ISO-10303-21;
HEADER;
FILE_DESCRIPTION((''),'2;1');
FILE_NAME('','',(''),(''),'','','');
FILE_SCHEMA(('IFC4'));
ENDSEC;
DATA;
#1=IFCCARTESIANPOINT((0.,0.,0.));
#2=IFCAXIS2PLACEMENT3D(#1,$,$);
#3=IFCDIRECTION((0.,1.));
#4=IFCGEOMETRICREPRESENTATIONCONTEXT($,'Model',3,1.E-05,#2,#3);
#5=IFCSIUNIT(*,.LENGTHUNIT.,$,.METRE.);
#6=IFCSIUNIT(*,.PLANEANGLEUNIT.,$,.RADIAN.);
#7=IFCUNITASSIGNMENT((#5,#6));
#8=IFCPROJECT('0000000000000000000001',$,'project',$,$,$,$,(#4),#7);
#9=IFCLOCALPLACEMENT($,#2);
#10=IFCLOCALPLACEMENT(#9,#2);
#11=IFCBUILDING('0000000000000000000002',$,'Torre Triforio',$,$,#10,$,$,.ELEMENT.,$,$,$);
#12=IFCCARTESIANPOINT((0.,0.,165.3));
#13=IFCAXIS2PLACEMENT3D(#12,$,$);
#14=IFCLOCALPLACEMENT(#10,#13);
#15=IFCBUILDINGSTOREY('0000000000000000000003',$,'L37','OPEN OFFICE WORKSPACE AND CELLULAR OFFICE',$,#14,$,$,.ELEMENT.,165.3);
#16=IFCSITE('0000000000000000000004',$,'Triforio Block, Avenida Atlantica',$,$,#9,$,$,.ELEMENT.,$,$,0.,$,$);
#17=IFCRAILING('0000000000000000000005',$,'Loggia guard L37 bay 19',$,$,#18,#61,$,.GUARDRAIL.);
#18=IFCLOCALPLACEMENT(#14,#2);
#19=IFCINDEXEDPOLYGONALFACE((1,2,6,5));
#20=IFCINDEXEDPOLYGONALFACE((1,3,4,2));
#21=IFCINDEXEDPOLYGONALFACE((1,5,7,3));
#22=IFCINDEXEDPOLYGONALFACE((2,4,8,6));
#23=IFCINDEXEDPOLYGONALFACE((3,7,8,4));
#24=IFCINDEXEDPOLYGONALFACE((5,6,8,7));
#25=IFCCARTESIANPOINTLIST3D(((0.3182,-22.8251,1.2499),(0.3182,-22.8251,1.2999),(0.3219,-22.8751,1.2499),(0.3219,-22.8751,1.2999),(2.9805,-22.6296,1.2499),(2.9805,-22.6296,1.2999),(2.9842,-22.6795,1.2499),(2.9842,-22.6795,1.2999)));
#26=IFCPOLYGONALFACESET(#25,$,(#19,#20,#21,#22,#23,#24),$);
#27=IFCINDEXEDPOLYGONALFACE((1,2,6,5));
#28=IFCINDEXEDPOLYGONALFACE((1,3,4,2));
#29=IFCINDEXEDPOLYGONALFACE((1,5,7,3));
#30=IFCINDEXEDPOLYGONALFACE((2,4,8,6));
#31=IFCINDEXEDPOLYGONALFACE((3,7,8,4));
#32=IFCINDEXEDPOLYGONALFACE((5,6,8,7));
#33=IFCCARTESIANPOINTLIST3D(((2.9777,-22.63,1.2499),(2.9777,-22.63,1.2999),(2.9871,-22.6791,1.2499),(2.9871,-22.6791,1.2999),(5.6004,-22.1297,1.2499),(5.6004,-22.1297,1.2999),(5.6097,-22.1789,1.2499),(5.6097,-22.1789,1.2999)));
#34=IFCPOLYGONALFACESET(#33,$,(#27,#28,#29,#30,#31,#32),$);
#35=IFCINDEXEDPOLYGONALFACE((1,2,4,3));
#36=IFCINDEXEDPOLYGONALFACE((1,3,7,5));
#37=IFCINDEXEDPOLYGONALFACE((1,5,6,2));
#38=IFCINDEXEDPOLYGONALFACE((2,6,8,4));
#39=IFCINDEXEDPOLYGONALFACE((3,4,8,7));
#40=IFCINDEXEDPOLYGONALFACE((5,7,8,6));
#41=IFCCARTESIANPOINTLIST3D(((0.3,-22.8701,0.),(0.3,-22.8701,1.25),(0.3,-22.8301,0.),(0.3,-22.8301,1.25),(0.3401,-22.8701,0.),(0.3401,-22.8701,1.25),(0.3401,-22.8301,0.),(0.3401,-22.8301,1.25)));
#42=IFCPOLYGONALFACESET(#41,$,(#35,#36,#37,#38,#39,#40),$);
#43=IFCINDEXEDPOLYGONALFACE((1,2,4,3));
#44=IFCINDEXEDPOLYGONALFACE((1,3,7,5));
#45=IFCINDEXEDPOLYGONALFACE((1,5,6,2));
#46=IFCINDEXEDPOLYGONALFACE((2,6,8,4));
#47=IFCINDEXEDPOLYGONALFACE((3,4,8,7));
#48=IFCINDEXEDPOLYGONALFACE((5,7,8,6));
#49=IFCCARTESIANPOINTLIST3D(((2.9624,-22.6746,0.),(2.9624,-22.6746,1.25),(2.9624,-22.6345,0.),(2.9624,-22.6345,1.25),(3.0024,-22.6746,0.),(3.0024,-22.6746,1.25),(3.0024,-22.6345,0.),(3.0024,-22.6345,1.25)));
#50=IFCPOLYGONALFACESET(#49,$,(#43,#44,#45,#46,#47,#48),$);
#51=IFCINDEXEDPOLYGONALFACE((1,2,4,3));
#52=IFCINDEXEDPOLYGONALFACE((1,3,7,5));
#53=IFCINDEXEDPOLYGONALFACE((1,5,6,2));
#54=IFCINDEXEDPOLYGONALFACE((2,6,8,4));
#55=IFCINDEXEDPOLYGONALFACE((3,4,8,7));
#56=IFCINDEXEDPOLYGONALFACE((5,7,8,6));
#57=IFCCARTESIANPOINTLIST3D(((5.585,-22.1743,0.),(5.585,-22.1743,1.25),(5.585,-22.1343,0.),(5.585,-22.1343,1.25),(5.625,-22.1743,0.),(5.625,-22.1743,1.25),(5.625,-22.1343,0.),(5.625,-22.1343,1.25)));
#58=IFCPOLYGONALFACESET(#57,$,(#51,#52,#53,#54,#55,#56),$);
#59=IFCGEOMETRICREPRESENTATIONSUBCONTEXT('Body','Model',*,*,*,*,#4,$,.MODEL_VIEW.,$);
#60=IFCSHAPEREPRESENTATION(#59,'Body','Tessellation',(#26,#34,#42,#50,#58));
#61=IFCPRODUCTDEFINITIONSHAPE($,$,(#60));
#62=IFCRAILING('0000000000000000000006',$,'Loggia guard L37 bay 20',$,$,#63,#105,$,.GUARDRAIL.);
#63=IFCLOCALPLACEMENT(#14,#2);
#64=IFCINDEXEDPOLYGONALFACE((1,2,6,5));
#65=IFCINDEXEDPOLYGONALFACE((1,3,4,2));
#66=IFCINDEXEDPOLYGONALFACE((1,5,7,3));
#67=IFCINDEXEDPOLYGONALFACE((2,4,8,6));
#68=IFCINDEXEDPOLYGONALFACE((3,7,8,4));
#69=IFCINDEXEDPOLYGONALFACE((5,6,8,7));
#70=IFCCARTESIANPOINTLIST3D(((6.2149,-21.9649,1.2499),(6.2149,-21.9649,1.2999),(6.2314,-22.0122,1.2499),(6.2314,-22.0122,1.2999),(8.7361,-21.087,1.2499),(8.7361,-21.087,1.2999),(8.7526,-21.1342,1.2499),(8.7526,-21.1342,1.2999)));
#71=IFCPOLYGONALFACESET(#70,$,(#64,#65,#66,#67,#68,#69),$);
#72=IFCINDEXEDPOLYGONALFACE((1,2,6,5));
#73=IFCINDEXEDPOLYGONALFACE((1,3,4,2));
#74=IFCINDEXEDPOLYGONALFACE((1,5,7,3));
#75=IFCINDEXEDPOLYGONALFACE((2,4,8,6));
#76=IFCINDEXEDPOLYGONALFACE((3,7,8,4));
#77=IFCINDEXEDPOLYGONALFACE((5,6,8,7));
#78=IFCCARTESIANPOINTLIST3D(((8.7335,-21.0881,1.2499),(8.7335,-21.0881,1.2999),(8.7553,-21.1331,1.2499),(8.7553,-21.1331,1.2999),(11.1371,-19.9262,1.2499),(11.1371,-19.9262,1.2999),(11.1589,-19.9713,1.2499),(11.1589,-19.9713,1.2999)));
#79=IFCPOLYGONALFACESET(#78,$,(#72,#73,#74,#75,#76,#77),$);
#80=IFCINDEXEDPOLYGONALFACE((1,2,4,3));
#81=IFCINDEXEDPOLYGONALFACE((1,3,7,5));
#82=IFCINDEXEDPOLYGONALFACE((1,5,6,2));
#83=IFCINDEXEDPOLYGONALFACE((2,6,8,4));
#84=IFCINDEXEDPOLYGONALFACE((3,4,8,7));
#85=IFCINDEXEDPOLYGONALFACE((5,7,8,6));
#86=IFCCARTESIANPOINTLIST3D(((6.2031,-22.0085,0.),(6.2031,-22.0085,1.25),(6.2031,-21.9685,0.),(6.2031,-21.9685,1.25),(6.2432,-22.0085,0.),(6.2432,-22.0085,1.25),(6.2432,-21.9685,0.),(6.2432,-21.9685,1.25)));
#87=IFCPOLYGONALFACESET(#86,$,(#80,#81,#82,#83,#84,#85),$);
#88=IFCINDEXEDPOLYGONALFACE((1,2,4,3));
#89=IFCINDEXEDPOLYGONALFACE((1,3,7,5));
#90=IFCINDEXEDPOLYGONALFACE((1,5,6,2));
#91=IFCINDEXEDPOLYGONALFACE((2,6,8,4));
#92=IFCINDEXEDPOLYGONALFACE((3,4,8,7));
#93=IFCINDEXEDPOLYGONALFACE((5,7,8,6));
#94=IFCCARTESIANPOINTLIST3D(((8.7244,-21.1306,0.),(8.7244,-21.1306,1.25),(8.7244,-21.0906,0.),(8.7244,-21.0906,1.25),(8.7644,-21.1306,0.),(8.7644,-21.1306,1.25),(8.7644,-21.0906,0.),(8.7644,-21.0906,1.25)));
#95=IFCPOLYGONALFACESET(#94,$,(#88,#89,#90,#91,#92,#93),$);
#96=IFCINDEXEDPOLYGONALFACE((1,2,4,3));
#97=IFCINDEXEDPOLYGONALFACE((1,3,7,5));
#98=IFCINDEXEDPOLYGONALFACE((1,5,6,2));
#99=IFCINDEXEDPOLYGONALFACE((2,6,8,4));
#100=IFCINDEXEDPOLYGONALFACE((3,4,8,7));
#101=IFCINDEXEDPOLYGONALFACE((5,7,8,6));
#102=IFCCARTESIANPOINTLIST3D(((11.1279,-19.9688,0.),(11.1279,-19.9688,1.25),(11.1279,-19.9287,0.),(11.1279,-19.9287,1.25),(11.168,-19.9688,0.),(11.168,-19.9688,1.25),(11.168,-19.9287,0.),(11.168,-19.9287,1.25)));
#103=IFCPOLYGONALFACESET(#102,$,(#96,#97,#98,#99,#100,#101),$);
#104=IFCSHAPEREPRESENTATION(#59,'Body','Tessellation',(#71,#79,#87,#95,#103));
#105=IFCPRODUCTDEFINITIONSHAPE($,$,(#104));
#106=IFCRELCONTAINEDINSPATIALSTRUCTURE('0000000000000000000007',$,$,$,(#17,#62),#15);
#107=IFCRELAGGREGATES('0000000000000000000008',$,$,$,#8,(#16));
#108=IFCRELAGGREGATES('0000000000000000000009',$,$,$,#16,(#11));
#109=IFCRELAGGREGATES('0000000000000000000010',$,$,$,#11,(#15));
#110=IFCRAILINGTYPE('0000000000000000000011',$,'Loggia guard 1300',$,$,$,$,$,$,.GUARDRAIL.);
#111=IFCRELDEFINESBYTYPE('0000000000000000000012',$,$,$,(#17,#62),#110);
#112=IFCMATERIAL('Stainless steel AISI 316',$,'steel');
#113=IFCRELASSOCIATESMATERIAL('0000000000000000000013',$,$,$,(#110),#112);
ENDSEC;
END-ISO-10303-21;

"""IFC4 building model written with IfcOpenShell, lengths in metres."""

from ifc_helpers import new_model, si_unit, direction, frame, origin, origin_2d, place, context, subcontext, project, spatial, rectangle, extrude, material, type_object, element, save


model = new_model("IFC4")

# Units and contexts
model_context = context("Model", 3, precision=1e-05, world=origin(), true_north=direction((0.0, 1.0)))
body_context = subcontext(model_context, "Body", "Model", "MODEL_VIEW")
ifc_project = project(units=[si_unit("LENGTHUNIT", "METRE"), si_unit("PLANEANGLEUNIT", "RADIAN")], contexts=[model_context])

# Site, building, storey
site_placement = place(None, origin())
site = spatial("IfcSite", under=ifc_project, at=site_placement, Name="Triforio Block, Avenida Atlantica", CompositionType="ELEMENT", RefElevation=0.0)
building_placement = place(site_placement, origin())
building = spatial("IfcBuilding", under=site, at=building_placement, Name="Torre Triforio", CompositionType="ELEMENT")
storey_placement = place(building_placement, frame((0.0, 0.0, 165.3)))
storey = spatial("IfcBuildingStorey", under=building, at=storey_placement, Name="L37", Description="OPEN OFFICE WORKSPACE AND CELLULAR OFFICE", CompositionType="ELEMENT", Elevation=165.3)

# Railings
ifc_material_1 = material(Name="Stainless steel AISI 316", Category="steel")
railing_type = type_object("IfcRailingType", Name="Loggia guard 1300", PredefinedType="GUARDRAIL", material=ifc_material_1)
railing_1_placement = place(storey_placement, frame((0.3201, -22.8501, 0.0)))
element("IfcRailing", 1, at=railing_1_placement, inside=storey, type_object=railing_type, Name="Loggia guard L37 bay 19", PredefinedType="GUARDRAIL", context=body_context, shape_type="SweptSolid", body=[
    extrude(rectangle(XDim=0.05, YDim=0.05, at=origin_2d()), frame((0.0, 0.0, 1.2749), z_axis=(0.997313, 0.073255, 0.0), x_axis=(-0.073255, 0.997313, 0.0)), (0.0, 0.0, 1.0), 2.6694),
    extrude(rectangle(XDim=0.05, YDim=0.05, at=origin_2d()), frame((2.6624, 0.1956, 1.2749), z_axis=(0.98229, 0.187368, 0.0), x_axis=(-0.187368, 0.98229, 0.0)), (0.0, 0.0, 1.0), 2.6699),
    extrude(rectangle(XDim=0.04, YDim=0.04, at=origin_2d()), origin(), (0.0, 0.0, 1.0), 1.25),
    extrude(rectangle(XDim=0.04, YDim=0.04, at=origin_2d()), frame((2.6624, 0.1956, 0.0)), (0.0, 0.0, 1.0), 1.25),
    extrude(rectangle(XDim=0.04, YDim=0.04, at=origin_2d()), frame((5.2849, 0.6958, 0.0)), (0.0, 0.0, 1.0), 1.25),
])
railing_2_placement = place(storey_placement, frame((6.2231, -21.9885, 0.0)))
element("IfcRailing", 2, at=railing_2_placement, inside=storey, type_object=railing_type, Name="Loggia guard L37 bay 20", PredefinedType="GUARDRAIL", context=body_context, shape_type="SweptSolid", body=[
    extrude(rectangle(XDim=0.05, YDim=0.05, at=origin_2d()), frame((0.0, 0.0, 1.2749), z_axis=(0.944383, 0.328847, 0.0), x_axis=(-0.328847, 0.944383, 0.0)), (0.0, 0.0, 1.0), 2.6697),
    extrude(rectangle(XDim=0.05, YDim=0.05, at=origin_2d()), frame((2.5212, 0.8779, 1.2749), z_axis=(0.900328, 0.435212, 0.0), x_axis=(-0.435212, 0.900328, 0.0)), (0.0, 0.0, 1.0), 2.6697),
    extrude(rectangle(XDim=0.04, YDim=0.04, at=origin_2d()), origin(), (0.0, 0.0, 1.0), 1.25),
    extrude(rectangle(XDim=0.04, YDim=0.04, at=origin_2d()), frame((2.5212, 0.8779, 0.0)), (0.0, 0.0, 1.0), 1.25),
    extrude(rectangle(XDim=0.04, YDim=0.04, at=origin_2d()), frame((4.9248, 2.0398, 0.0)), (0.0, 0.0, 1.0), 1.25),
])

save(model, "model.ifc")
